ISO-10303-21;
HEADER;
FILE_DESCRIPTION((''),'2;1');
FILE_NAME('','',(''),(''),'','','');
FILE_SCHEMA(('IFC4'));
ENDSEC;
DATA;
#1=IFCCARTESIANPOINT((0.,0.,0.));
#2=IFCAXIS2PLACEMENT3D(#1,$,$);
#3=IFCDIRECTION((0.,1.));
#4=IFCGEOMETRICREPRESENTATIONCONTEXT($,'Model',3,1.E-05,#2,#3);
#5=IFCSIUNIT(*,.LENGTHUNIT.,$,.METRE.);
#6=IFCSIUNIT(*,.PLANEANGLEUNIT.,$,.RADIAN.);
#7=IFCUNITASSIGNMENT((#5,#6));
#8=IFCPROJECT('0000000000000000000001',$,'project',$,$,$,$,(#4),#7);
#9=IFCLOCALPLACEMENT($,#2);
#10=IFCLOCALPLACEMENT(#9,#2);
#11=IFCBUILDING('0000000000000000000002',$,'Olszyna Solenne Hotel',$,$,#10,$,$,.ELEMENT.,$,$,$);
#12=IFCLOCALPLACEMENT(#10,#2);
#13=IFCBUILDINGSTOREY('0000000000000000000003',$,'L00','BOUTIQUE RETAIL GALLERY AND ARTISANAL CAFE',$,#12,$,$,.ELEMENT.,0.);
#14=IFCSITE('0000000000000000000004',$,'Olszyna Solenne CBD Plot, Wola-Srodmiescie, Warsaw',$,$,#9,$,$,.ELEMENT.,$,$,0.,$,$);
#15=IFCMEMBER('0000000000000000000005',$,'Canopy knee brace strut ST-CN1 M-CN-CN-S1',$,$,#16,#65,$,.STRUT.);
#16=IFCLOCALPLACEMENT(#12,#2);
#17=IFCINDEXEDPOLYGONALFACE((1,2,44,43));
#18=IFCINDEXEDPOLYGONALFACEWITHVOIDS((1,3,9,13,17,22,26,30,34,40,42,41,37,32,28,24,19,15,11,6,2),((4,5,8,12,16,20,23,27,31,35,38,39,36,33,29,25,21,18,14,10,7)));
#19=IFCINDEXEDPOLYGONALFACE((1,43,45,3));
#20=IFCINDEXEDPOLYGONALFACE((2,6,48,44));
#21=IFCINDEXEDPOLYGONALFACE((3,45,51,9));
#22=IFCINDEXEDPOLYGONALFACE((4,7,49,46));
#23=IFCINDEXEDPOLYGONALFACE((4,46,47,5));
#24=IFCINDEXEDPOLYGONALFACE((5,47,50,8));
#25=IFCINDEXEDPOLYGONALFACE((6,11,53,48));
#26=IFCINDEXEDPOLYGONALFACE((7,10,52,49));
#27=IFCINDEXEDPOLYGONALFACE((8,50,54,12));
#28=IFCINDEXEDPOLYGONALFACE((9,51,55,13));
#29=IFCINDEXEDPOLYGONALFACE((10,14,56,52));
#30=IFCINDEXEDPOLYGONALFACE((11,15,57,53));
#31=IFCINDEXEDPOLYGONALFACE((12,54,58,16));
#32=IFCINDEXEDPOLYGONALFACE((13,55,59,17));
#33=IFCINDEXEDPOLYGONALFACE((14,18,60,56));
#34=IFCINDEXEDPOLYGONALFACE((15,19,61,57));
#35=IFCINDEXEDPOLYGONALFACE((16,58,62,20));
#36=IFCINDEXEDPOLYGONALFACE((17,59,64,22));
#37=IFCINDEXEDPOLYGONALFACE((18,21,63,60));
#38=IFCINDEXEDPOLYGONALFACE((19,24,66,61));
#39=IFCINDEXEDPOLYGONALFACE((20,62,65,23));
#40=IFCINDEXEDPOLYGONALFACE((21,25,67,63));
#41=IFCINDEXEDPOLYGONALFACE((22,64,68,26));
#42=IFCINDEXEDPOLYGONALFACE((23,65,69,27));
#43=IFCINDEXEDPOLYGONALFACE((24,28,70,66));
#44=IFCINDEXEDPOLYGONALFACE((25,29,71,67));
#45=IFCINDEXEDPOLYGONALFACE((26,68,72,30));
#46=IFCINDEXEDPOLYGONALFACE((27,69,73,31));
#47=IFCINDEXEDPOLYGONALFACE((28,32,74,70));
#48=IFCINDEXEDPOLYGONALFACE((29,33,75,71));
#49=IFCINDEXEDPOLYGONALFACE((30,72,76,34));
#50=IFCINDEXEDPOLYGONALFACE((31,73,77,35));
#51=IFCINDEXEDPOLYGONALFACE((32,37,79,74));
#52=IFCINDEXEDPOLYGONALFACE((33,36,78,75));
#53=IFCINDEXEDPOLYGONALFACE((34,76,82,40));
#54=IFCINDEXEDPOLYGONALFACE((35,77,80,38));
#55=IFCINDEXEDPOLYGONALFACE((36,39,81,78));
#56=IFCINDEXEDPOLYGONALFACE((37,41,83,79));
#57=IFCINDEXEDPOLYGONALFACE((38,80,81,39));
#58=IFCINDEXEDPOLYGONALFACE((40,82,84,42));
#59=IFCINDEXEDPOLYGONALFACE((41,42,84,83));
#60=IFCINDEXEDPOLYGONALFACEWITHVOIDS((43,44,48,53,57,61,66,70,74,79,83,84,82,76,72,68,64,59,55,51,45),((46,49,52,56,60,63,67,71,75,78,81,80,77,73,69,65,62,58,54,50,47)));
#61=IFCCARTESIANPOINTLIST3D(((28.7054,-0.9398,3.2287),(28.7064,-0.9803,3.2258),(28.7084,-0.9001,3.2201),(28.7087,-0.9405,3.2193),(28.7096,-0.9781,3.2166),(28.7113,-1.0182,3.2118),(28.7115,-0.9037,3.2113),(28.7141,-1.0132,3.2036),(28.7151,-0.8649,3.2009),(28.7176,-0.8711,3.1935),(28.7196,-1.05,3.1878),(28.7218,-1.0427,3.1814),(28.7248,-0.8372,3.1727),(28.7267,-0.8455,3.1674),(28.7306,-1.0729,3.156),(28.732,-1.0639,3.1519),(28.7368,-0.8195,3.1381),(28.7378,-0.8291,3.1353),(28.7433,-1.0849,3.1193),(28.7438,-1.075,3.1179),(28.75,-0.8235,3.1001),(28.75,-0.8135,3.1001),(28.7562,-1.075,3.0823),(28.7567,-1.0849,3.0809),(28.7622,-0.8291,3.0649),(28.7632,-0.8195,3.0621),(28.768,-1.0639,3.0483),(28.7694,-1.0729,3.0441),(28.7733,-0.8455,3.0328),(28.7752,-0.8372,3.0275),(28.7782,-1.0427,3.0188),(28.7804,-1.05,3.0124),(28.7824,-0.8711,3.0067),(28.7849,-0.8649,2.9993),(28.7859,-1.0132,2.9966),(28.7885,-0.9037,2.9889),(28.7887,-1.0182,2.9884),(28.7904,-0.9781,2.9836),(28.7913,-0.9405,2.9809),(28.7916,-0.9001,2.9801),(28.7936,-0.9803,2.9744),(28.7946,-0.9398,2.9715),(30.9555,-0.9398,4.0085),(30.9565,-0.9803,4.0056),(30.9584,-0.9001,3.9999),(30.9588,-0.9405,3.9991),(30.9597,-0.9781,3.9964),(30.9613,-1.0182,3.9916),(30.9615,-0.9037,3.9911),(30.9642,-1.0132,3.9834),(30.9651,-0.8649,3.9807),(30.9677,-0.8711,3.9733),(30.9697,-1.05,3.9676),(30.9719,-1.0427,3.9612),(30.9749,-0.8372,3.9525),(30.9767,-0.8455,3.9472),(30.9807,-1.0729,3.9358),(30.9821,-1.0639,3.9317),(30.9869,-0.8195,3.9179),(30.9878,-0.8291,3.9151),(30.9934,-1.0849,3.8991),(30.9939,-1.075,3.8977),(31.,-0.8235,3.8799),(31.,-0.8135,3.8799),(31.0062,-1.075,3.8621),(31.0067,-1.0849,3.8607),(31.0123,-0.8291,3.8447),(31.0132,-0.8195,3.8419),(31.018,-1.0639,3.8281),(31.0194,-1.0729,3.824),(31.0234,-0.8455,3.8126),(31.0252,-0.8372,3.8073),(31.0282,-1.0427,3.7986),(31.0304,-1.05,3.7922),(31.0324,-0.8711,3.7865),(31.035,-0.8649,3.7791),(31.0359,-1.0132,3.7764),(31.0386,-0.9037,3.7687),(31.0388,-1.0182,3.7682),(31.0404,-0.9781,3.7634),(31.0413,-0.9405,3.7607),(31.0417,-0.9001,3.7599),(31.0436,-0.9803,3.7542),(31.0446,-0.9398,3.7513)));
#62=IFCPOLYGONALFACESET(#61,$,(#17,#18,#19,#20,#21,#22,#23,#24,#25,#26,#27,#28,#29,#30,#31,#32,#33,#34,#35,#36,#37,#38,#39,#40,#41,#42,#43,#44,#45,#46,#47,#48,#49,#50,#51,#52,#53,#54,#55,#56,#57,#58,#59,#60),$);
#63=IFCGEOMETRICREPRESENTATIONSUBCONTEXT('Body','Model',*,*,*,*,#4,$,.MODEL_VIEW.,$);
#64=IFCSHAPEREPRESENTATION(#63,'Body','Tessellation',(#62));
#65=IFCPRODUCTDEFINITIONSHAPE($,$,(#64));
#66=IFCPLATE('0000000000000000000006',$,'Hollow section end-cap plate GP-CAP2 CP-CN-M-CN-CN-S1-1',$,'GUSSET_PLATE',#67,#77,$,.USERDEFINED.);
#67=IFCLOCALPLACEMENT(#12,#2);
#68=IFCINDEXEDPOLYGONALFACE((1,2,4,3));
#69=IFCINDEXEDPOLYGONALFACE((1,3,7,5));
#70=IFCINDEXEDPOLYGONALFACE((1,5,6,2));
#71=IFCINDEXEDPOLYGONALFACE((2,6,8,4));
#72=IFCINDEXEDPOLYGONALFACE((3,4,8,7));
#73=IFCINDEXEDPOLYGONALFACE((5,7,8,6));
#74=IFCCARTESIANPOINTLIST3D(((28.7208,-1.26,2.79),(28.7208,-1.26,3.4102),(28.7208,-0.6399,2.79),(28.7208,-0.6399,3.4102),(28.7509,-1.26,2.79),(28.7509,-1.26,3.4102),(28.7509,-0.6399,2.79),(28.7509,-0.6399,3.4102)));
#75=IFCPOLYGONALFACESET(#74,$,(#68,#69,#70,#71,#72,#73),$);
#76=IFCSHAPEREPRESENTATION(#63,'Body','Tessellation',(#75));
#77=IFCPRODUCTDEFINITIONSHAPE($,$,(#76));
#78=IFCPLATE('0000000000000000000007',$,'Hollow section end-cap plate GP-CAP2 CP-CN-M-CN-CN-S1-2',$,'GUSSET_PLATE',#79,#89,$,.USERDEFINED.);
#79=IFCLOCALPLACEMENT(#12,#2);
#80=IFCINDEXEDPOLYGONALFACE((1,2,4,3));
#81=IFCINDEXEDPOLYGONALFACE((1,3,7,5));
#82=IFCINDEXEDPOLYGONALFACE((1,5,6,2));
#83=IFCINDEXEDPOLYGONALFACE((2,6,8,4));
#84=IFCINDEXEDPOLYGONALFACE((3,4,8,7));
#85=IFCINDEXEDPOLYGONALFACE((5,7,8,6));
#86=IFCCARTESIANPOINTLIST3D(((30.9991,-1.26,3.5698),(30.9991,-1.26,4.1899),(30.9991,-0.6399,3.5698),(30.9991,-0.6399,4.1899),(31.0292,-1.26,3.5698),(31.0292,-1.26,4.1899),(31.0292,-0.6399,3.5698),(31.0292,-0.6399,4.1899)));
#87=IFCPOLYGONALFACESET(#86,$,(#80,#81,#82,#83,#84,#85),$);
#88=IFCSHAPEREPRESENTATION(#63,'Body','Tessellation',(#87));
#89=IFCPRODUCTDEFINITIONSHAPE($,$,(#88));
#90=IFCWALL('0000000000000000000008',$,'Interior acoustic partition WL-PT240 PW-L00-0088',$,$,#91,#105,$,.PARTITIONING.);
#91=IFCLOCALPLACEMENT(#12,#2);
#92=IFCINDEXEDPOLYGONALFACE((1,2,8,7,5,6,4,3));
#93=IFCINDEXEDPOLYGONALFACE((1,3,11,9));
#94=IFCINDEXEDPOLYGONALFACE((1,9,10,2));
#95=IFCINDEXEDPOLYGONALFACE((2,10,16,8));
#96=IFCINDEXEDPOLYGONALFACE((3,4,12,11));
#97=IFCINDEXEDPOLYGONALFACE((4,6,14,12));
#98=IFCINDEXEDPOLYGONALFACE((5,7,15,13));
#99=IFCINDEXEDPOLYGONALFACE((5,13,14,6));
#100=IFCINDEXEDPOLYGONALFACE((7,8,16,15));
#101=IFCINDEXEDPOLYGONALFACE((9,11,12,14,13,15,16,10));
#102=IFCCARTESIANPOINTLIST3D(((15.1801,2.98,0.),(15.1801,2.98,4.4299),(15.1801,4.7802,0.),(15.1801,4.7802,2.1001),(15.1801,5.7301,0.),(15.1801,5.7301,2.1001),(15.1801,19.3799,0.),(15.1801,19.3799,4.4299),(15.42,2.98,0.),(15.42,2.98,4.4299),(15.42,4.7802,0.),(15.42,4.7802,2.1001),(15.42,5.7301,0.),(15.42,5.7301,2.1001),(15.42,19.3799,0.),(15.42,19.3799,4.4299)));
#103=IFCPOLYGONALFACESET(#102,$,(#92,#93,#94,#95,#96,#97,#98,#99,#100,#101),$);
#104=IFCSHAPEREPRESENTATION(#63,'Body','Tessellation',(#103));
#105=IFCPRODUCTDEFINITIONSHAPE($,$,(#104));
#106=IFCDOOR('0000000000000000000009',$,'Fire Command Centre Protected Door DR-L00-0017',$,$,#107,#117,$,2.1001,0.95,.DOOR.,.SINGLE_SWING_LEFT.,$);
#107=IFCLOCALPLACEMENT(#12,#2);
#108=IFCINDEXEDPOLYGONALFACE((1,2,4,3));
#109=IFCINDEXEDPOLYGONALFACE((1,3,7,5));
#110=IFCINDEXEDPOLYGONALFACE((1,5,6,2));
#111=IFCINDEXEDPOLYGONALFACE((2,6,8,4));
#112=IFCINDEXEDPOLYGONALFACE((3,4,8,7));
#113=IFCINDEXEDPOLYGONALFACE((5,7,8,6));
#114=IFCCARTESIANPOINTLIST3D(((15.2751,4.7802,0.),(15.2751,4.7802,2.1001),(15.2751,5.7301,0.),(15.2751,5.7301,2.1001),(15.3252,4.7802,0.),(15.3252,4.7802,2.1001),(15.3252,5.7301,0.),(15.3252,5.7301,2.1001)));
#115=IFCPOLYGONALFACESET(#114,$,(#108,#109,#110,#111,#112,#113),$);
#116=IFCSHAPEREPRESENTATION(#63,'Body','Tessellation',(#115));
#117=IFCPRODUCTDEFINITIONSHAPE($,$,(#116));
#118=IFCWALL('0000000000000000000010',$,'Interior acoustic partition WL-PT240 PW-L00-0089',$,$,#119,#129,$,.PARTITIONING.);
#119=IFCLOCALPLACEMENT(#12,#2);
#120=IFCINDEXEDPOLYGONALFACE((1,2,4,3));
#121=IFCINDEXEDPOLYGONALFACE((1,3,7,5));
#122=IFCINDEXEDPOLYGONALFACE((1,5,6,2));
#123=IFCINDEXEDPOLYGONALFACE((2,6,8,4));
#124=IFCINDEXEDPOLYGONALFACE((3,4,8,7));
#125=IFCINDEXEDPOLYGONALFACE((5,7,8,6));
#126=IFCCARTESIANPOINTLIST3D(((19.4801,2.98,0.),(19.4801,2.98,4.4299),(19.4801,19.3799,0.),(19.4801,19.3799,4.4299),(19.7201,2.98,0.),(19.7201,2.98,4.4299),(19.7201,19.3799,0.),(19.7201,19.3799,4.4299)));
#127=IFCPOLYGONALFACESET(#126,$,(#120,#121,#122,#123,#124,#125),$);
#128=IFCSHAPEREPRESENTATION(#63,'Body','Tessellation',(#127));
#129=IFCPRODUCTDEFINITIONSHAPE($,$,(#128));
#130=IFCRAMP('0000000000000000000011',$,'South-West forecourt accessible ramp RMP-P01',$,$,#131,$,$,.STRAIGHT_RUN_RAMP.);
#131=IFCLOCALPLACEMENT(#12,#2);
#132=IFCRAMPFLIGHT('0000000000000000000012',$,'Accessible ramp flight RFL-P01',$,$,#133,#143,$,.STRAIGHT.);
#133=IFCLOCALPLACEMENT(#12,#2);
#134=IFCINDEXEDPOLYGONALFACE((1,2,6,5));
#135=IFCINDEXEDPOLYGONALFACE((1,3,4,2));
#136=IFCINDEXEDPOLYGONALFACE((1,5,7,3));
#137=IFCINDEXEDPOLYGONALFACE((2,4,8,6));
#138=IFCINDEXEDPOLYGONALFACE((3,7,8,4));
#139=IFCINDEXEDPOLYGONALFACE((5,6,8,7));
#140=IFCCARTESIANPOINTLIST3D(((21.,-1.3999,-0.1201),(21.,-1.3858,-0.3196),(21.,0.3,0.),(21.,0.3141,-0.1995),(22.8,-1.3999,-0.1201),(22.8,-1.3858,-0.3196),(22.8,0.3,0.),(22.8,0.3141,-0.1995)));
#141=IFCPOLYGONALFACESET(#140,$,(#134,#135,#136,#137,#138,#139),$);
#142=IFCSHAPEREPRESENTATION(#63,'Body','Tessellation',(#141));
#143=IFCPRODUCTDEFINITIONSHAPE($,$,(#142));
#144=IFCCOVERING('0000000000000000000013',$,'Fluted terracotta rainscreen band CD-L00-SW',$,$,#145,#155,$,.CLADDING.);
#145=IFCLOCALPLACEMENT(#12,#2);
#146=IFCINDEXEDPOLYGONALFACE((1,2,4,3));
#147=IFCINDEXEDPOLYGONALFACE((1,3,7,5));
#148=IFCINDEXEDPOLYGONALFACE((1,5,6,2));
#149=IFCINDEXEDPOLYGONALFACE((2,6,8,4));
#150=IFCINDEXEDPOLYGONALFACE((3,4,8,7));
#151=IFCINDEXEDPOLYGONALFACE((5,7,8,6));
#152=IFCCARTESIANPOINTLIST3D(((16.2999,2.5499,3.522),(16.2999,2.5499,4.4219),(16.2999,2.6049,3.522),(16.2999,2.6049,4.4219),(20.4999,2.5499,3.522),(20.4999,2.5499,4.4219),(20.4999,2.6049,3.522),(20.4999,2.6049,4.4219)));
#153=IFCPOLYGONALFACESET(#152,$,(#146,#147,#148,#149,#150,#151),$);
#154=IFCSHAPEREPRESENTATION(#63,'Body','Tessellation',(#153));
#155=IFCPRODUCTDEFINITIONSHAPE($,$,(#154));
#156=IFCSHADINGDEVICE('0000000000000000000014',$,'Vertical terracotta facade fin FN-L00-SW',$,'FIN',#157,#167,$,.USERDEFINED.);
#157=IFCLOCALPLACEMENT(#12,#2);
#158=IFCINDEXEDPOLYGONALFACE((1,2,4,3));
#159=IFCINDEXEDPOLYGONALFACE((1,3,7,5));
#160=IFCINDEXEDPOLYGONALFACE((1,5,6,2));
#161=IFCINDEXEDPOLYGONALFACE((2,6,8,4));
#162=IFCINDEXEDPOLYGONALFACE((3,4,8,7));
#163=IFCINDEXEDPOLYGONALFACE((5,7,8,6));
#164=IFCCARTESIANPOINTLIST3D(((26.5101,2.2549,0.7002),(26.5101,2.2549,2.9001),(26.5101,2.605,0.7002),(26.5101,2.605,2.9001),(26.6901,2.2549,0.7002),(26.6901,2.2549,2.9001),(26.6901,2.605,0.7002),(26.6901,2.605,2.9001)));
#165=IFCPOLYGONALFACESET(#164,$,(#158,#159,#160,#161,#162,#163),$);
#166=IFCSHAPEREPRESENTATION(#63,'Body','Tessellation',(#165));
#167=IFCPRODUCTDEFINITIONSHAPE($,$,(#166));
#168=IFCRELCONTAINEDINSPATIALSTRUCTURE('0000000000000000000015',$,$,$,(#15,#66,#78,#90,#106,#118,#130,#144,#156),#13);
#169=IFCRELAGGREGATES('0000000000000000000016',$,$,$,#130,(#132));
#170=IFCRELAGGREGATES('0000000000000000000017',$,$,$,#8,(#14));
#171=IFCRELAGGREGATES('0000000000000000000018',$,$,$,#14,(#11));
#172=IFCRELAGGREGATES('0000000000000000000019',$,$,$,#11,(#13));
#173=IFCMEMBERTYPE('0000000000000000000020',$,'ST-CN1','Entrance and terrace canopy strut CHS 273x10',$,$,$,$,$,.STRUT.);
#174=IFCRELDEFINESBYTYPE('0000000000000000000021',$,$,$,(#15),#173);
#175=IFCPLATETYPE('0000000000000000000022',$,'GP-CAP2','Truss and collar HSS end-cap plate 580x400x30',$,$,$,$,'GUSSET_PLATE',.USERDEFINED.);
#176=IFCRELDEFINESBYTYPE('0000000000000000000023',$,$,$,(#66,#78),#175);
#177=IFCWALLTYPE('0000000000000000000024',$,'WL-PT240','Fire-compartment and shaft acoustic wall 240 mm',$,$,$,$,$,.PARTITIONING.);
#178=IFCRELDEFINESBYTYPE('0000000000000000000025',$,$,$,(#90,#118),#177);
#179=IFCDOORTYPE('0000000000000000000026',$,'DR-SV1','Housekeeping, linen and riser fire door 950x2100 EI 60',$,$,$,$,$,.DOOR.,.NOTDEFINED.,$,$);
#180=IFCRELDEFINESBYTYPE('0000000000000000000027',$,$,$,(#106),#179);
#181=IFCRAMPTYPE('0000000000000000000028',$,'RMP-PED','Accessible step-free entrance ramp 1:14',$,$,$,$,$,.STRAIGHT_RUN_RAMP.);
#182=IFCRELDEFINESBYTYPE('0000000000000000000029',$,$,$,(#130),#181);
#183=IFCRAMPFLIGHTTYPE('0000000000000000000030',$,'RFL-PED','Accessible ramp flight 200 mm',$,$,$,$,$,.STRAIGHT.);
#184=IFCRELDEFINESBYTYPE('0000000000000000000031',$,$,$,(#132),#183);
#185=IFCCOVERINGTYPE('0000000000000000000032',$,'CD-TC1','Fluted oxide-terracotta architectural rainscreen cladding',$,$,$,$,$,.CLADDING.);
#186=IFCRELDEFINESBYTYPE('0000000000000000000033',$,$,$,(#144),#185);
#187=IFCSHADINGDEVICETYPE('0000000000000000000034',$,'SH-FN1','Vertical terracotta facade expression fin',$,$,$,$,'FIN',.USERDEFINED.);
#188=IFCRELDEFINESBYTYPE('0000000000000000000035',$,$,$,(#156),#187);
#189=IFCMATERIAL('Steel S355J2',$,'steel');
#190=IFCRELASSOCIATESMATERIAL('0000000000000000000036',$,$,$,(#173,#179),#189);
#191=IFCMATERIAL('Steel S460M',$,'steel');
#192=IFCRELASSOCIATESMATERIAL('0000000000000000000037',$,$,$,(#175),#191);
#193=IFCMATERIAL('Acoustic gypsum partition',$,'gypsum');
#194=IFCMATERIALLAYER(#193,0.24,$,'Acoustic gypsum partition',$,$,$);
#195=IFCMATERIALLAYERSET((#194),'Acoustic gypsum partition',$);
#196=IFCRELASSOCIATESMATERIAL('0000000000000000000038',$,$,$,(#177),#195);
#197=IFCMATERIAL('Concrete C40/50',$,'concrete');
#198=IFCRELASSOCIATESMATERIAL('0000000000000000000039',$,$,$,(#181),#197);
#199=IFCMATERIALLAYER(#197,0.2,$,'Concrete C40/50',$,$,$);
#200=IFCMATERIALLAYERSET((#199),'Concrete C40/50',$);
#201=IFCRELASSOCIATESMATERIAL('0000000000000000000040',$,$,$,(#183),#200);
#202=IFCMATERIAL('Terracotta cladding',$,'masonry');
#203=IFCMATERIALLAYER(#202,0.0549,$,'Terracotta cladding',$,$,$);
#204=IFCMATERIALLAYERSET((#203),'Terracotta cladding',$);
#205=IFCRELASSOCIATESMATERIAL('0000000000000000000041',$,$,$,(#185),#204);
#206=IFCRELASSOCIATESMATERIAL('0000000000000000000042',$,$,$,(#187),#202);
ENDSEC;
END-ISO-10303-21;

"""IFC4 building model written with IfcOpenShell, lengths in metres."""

from ifc_helpers import new_model, si_unit, direction, frame, frame_2d, origin, origin_2d, place, context, subcontext, project, spatial, polyline, rectangle, hollow_circle, outline, extrude, source, transform, mapped, material, layer, layer_set, material_profile, profile_set, type_object, type_shapes, element, fill, aggregate, save


model = new_model("IFC4")

# Units and contexts
model_context = context("Model", 3, precision=1e-05, world=origin(), true_north=direction((0.0, 1.0)))
body_context = subcontext(model_context, "Body", "Model", "MODEL_VIEW")
ifc_project = project(units=[si_unit("LENGTHUNIT", "METRE"), si_unit("PLANEANGLEUNIT", "RADIAN")], contexts=[model_context])

# Site, building, storey
site_placement = place(None, origin())
site = spatial("IfcSite", under=ifc_project, at=site_placement, Name="Olszyna Solenne CBD Plot, Wola-Srodmiescie, Warsaw", CompositionType="ELEMENT", RefElevation=0.0)
building_placement = place(site_placement, origin())
building = spatial("IfcBuilding", under=site, at=building_placement, Name="Olszyna Solenne Hotel", CompositionType="ELEMENT")
storey_placement = place(building_placement, origin())
storey = spatial("IfcBuildingStorey", under=building, at=storey_placement, Name="L00", Description="BOUTIQUE RETAIL GALLERY AND ARTISANAL CAFE", CompositionType="ELEMENT", Elevation=0.0)

# Shared definitions
ifc_material_1 = material(Name="Steel S355J2", Category="steel")

# Member
ifc_material_profile_1 = material_profile(ifc_material_1, hollow_circle(Radius=0.1365, WallThickness=0.01, at=origin_2d()), Name="CHS 273x10", Category="load-bearing")
ifc_profile_set_1 = profile_set([ifc_material_profile_1], Name="Steel S355J2")
member_type = type_object("IfcMemberType", Name="ST-CN1", Description="Entrance and terrace canopy strut CHS 273x10", PredefinedType="STRUT", material=ifc_profile_set_1)
shared_shape_1 = source(origin(), body_context, "Body", "SweptSolid", [
    extrude(hollow_circle(Radius=0.1365, WallThickness=0.01, at=origin_2d()), origin(), (0.0, 0.0, 1.0), 2.3813),
])
member_placement = place(storey_placement, frame((28.75, -0.95, 3.1001), z_axis=(0.944864, 0.0, 0.327463), x_axis=(0.0, 1.0, 0.0)))
element("IfcMember", 1, at=member_placement, inside=storey, type_object=member_type, Name="Canopy knee brace strut ST-CN1 M-CN-CN-S1", PredefinedType="STRUT", context=body_context, shape_type="MappedRepresentation", body=[
    mapped(shared_shape_1, transform((0.0, 0.0, 0.0), x_axis=(1.0, 0.0, 0.0), y_axis=(0.0, 1.0, 0.0), z_axis=(0.0, 0.0, 1.0), scale=1.0)),
])

# Plates
ifc_material_2 = material(Name="Steel S460M", Category="steel")
plate_type = type_object("IfcPlateType", Name="GP-CAP2", Description="Truss and collar HSS end-cap plate 580x400x30", ElementType="GUSSET_PLATE", PredefinedType="USERDEFINED", material=ifc_material_2)
shared_shape_2 = source(origin(), body_context, "Body", "SweptSolid", [
    extrude(rectangle(XDim=0.03, YDim=0.6201, at=origin_2d()), origin(), (0.0, 0.0, 1.0), 0.6201),
])
for number, where, z_axis, x_axis, name in (
    (2, (28.7358, -0.95, 2.79), (0.0, 0.0, 1.0), (1.0, 0.0, 0.0), "Hollow section end-cap plate GP-CAP2 CP-CN-M-CN-CN-S1-1"),
    (3, (31.0142, -0.95, 3.5698), (0.0, 0.0, 1.0), (1.0, 0.0, 0.0), "Hollow section end-cap plate GP-CAP2 CP-CN-M-CN-CN-S1-2"),
):
    element("IfcPlate", number, at=place(storey_placement, frame(where, z_axis=z_axis, x_axis=x_axis)), inside=storey, type_object=plate_type, Name=name, ObjectType="GUSSET_PLATE", PredefinedType="USERDEFINED", context=body_context, shape_type="MappedRepresentation", body=[
        mapped(shared_shape_2, transform((0.0, 0.0, 0.0), x_axis=(1.0, 0.0, 0.0), y_axis=(0.0, 1.0, 0.0), z_axis=(0.0, 0.0, 1.0), scale=1.0)),
    ])

# Wall, opening, door
ifc_material_3 = material(Name="Acoustic gypsum partition", Category="gypsum")
ifc_layer_1 = layer(ifc_material_3, 0.24, Name="Acoustic gypsum partition")
ifc_layer_set_1 = layer_set([ifc_layer_1], Name="Acoustic gypsum partition")
wall_type = type_object("IfcWallType", Name="WL-PT240", Description="Fire-compartment and shaft acoustic wall 240 mm", PredefinedType="PARTITIONING", material=ifc_layer_set_1)
wall_1_placement = place(storey_placement, frame((15.3, 2.98, 0.0), z_axis=(0.0, 0.0, 1.0), x_axis=(0.0, 1.0, 0.0)))
wall_1 = element("IfcWall", 4, at=wall_1_placement, inside=storey, type_object=wall_type, Name="Interior acoustic partition WL-PT240 PW-L00-0088", PredefinedType="PARTITIONING", context=body_context, shape_type="SweptSolid", body=[
    extrude(rectangle(XDim=16.3999, YDim=0.24, at=frame_2d((8.2, 0.0))), origin(), (0.0, 0.0, 1.0), 4.4299),
])
opening_placement = place(wall_1_placement, frame((1.8, 0.0, 0.0)))
opening = element("IfcOpeningElement", 5, at=opening_placement, cuts=wall_1, PredefinedType="OPENING", context=body_context, shape_type="SweptSolid", body=[
    extrude(rectangle(XDim=0.95, YDim=2.1001, at=frame_2d((0.4751, 1.05))), frame((0.0, 0.1299, 0.0), z_axis=(0.0, -1.0, 0.0), x_axis=(1.0, 0.0, 0.0)), (0.0, 0.0, 1.0), 0.26),
])
door_type = type_object("IfcDoorType", Name="DR-SV1", Description="Housekeeping, linen and riser fire door 950x2100 EI 60", OperationType="NOTDEFINED", PredefinedType="DOOR", material=ifc_material_1)
shared_shape_3 = source(origin(), body_context, "Body", "SweptSolid", [
    extrude(rectangle(XDim=0.95, YDim=2.1001, at=frame_2d((0.4751, 1.05))), frame((0.0, 0.0249, 0.0), z_axis=(0.0, -1.0, 0.0), x_axis=(1.0, 0.0, 0.0)), (0.0, 0.0, 1.0), 0.05),
])
type_shapes(door_type, [shared_shape_3])
door_placement = place(opening_placement, origin())
door = element("IfcDoor", 6, at=door_placement, inside=storey, type_object=door_type, Name="Fire Command Centre Protected Door DR-L00-0017", OperationType="SINGLE_SWING_LEFT", OverallHeight=2.1001, OverallWidth=0.95, PredefinedType="DOOR", context=body_context, shape_type="MappedRepresentation", body=[
    mapped(shared_shape_3, transform((0.0, 0.0, 0.0), x_axis=(1.0, 0.0, 0.0), y_axis=(0.0, 1.0, 0.0), z_axis=(0.0, 0.0, 1.0), scale=1.0)),
])
fill(opening, door)

# Wall
wall_2_placement = place(storey_placement, frame((19.6001, 2.98, 0.0), z_axis=(0.0, 0.0, 1.0), x_axis=(0.0, 1.0, 0.0)))
element("IfcWall", 7, at=wall_2_placement, inside=storey, type_object=wall_type, Name="Interior acoustic partition WL-PT240 PW-L00-0089", PredefinedType="PARTITIONING", context=body_context, shape_type="SweptSolid", body=[
    extrude(rectangle(XDim=16.3999, YDim=0.24, at=frame_2d((8.2, 0.0))), origin(), (0.0, 0.0, 1.0), 4.4299),
])

# Ramp, ramp flight
ifc_material_4 = material(Name="Concrete C40/50", Category="concrete")
ramp_type = type_object("IfcRampType", Name="RMP-PED", Description="Accessible step-free entrance ramp 1:14", PredefinedType="STRAIGHT_RUN_RAMP", material=ifc_material_4)
ramp_placement = place(storey_placement, origin())
ramp = element("IfcRamp", 8, at=ramp_placement, inside=storey, type_object=ramp_type, Name="South-West forecourt accessible ramp RMP-P01", PredefinedType="STRAIGHT_RUN_RAMP")
ifc_layer_2 = layer(ifc_material_4, 0.2, Name="Concrete C40/50")
ifc_layer_set_2 = layer_set([ifc_layer_2], Name="Concrete C40/50")
ramp_flight_type = type_object("IfcRampFlightType", Name="RFL-PED", Description="Accessible ramp flight 200 mm", PredefinedType="STRAIGHT", material=ifc_layer_set_2)
ramp_flight_placement = place(storey_placement, frame((21.0, -1.3999, -0.1201), z_axis=(0.0, -0.070483, 0.997513), x_axis=(1.0, 0.0, 0.0)))
ramp_flight = element("IfcRampFlight", 9, at=ramp_flight_placement, type_object=ramp_flight_type, Name="Accessible ramp flight RFL-P01", PredefinedType="STRAIGHT", context=body_context, shape_type="SweptSolid", body=[
    extrude(outline(polyline([(0.0, 0.0), (1.8, 0.0), (1.8, 1.7042), (0.0, 1.7042), (0.0, 0.0)])), origin(), (0.0, 0.0, -1.0), 0.2),
])
aggregate(ramp, [ramp_flight])

# Covering
ifc_material_5 = material(Name="Terracotta cladding", Category="masonry")
ifc_layer_3 = layer(ifc_material_5, 0.0549, Name="Terracotta cladding")
ifc_layer_set_3 = layer_set([ifc_layer_3], Name="Terracotta cladding")
covering_type = type_object("IfcCoveringType", Name="CD-TC1", Description="Fluted oxide-terracotta architectural rainscreen cladding", PredefinedType="CLADDING", material=ifc_layer_set_3)
shared_shape_4 = source(origin(), body_context, "Body", "SweptSolid", [
    extrude(rectangle(XDim=4.2, YDim=0.0549, at=origin_2d()), origin(), (0.0, 0.0, 1.0), 0.8999),
])
covering_placement = place(storey_placement, frame((18.3999, 2.5774, 3.522), z_axis=(0.0, 0.0, 1.0), x_axis=(-1.0, 0.0, 0.0)))
element("IfcCovering", 10, at=covering_placement, inside=storey, type_object=covering_type, Name="Fluted terracotta rainscreen band CD-L00-SW", PredefinedType="CLADDING", context=body_context, shape_type="MappedRepresentation", body=[
    mapped(shared_shape_4, transform((0.0, 0.0, 0.0), x_axis=(1.0, 0.0, 0.0), y_axis=(0.0, 1.0, 0.0), z_axis=(0.0, 0.0, 1.0), scale=1.0)),
])

# Shading device
shading_device_type = type_object("IfcShadingDeviceType", Name="SH-FN1", Description="Vertical terracotta facade expression fin", ElementType="FIN", PredefinedType="USERDEFINED", material=ifc_material_5)
shared_shape_5 = source(origin(), body_context, "Body", "SweptSolid", [
    extrude(rectangle(XDim=0.1799, YDim=0.3501, at=origin_2d()), origin(), (0.0, 0.0, 1.0), 2.2),
])
shading_device_placement = place(storey_placement, frame((26.6001, 2.4299, 0.7002), z_axis=(0.0, 0.0, 1.0), x_axis=(-1.0, 0.0, 0.0)))
element("IfcShadingDevice", 11, at=shading_device_placement, inside=storey, type_object=shading_device_type, Name="Vertical terracotta facade fin FN-L00-SW", ObjectType="FIN", PredefinedType="USERDEFINED", context=body_context, shape_type="MappedRepresentation", body=[
    mapped(shared_shape_5, transform((0.0, 0.0, 0.0), x_axis=(1.0, 0.0, 0.0), y_axis=(0.0, 1.0, 0.0), z_axis=(0.0, 0.0, 1.0), scale=1.0)),
])

save(model, "model.ifc")
